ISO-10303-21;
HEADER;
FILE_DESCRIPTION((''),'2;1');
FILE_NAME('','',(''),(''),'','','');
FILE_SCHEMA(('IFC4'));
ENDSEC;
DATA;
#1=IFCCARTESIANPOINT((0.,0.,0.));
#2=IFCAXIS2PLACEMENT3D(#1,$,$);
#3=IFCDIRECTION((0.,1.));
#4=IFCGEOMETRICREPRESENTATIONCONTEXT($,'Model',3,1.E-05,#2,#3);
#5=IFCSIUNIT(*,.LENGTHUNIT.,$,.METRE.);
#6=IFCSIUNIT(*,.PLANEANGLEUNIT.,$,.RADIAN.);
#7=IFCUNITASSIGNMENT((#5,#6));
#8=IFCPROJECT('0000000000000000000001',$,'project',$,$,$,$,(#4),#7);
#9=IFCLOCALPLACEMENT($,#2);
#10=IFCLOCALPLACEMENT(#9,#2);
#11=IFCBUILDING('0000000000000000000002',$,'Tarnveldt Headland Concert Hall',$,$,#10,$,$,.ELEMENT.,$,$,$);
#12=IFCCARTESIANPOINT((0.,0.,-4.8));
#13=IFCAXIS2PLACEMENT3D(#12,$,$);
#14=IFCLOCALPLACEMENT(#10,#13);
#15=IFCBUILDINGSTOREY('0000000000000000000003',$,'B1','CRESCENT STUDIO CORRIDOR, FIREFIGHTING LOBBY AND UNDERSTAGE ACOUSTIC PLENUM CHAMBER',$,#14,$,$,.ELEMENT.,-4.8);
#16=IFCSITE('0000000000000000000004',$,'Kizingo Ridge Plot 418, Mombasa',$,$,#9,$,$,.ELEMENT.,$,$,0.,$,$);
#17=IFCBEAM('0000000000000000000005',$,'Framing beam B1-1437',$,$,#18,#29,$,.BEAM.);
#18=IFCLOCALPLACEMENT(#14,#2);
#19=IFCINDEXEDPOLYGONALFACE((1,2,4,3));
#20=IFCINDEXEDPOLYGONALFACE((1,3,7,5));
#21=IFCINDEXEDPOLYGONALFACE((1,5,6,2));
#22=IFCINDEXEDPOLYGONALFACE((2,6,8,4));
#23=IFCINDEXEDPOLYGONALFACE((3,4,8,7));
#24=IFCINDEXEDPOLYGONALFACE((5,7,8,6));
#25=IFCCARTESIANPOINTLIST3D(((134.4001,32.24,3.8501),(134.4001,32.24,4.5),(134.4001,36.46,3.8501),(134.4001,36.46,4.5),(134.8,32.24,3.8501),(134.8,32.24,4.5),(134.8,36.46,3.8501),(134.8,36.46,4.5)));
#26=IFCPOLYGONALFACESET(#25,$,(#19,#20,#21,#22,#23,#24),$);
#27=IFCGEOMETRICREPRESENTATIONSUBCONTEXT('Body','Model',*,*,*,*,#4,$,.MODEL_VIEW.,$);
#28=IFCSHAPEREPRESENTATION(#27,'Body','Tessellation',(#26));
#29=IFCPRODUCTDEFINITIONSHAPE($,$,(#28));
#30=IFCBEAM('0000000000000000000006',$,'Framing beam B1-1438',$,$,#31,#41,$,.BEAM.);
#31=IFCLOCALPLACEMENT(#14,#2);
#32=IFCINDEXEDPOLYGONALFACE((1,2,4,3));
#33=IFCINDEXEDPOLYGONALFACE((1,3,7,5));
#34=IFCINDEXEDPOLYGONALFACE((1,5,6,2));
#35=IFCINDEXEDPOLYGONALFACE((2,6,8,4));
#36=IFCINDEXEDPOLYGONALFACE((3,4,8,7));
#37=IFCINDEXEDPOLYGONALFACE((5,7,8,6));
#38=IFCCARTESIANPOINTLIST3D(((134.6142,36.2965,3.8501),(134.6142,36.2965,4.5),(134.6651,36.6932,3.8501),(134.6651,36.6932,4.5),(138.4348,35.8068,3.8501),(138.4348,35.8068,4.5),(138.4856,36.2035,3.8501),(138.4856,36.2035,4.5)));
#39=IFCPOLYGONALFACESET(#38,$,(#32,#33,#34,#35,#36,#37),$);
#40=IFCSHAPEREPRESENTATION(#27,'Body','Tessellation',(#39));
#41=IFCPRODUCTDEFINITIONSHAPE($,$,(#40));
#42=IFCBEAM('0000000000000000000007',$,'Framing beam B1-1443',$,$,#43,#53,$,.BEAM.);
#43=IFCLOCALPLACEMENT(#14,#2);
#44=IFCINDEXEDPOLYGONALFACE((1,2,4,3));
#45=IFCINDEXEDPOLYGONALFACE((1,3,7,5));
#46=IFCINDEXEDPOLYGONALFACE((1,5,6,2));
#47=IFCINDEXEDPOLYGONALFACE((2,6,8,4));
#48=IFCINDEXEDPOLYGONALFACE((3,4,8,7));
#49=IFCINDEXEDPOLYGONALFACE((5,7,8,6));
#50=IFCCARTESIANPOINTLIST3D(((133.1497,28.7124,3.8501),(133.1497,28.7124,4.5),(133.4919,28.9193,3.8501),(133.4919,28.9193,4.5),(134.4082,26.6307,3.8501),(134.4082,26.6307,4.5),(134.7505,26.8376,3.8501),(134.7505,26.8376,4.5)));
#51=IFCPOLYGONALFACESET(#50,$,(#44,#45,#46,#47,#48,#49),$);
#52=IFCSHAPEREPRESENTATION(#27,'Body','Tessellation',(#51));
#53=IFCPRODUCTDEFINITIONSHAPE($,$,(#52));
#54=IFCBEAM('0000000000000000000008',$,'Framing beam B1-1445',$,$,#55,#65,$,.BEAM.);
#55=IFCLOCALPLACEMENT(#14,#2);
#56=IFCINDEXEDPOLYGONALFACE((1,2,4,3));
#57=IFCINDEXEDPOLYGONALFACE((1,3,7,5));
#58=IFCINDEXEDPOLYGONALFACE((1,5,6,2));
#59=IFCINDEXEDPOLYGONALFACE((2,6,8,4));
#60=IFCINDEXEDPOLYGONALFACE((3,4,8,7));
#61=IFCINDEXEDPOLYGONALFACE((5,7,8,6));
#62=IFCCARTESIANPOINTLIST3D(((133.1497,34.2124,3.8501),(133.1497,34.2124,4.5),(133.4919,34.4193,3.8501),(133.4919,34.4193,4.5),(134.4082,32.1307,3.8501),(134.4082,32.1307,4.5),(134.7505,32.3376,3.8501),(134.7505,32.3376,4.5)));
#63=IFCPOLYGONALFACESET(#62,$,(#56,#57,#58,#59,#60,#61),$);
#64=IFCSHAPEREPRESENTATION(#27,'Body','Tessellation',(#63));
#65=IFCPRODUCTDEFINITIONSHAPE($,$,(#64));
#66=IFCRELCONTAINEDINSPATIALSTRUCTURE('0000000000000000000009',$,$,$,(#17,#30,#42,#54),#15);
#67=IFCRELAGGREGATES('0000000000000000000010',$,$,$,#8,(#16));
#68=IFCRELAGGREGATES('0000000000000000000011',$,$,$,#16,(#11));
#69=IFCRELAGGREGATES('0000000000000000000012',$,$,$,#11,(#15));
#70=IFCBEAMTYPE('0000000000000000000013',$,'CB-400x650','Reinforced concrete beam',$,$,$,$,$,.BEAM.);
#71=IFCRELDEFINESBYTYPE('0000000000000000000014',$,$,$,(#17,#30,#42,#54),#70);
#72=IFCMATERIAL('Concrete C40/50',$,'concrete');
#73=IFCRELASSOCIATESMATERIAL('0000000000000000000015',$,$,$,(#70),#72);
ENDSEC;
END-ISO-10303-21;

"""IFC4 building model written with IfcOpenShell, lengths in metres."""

from ifc_helpers import new_model, si_unit, direction, frame, origin, origin_2d, place, context, subcontext, project, spatial, rectangle, extrude, material, material_profile, profile_set, type_object, element, save


model = new_model("IFC4")

# Units and contexts
model_context = context("Model", 3, precision=1e-05, world=origin(), true_north=direction((0.0, 1.0)))
body_context = subcontext(model_context, "Body", "Model", "MODEL_VIEW")
ifc_project = project(units=[si_unit("LENGTHUNIT", "METRE"), si_unit("PLANEANGLEUNIT", "RADIAN")], contexts=[model_context])

# Site, building, storey
site_placement = place(None, origin())
site = spatial("IfcSite", under=ifc_project, at=site_placement, Name="Kizingo Ridge Plot 418, Mombasa", CompositionType="ELEMENT", RefElevation=0.0)
building_placement = place(site_placement, origin())
building = spatial("IfcBuilding", under=site, at=building_placement, Name="Tarnveldt Headland Concert Hall", CompositionType="ELEMENT")
storey_placement = place(building_placement, frame((0.0, 0.0, -4.8)))
storey = spatial("IfcBuildingStorey", under=building, at=storey_placement, Name="B1", Description="CRESCENT STUDIO CORRIDOR, FIREFIGHTING LOBBY AND UNDERSTAGE ACOUSTIC PLENUM CHAMBER", CompositionType="ELEMENT", Elevation=-4.8)

# Shared definitions
ifc_material = material(Name="Concrete C40/50", Category="concrete")

# Beams
ifc_material_profile_1 = material_profile(ifc_material, rectangle(XDim=0.3999, YDim=0.6499, at=origin_2d()), Name="RC 400x650", Category="concrete")
ifc_profile_set_1 = profile_set([ifc_material_profile_1], Name="Concrete C40/50")
beam_type = type_object("IfcBeamType", Name="CB-400x650", Description="Reinforced concrete beam", PredefinedType="BEAM", material=ifc_profile_set_1)
beam_1_placement = place(storey_placement, frame((134.6001, 32.24, 4.175), z_axis=(0.0, 1.0, 0.0), x_axis=(-1.0, 0.0, 0.0)))
element("IfcBeam", 1, at=beam_1_placement, inside=storey, type_object=beam_type, Name="Framing beam B1-1437", PredefinedType="BEAM", context=body_context, shape_type="SweptSolid", body=[
    extrude(rectangle(XDim=0.3999, YDim=0.6499, at=origin_2d()), origin(), (0.0, 0.0, 1.0), 4.22),
])
beam_2_placement = place(storey_placement, frame((134.6396, 36.4949, 4.175), z_axis=(0.991884, -0.127147, 0.0), x_axis=(0.127147, 0.991884, 0.0)))
element("IfcBeam", 2, at=beam_2_placement, inside=storey, type_object=beam_type, Name="Framing beam B1-1438", PredefinedType="BEAM", context=body_context, shape_type="SweptSolid", body=[
    extrude(rectangle(XDim=0.3999, YDim=0.6499, at=origin_2d()), origin(), (0.0, 0.0, 1.0), 3.8518),
])
for number, where, z_axis, x_axis, name in (
    (3, (134.5793, 26.7341, 4.175), (-0.517356, 0.85577, 0.0), (-0.85577, -0.517356, 0.0), "Framing beam B1-1443"),
    (4, (134.5793, 32.2341, 4.175), (-0.517356, 0.85577, 0.0), (-0.85577, -0.517356, 0.0), "Framing beam B1-1445"),
):
    element("IfcBeam", number, at=place(storey_placement, frame(where, z_axis=z_axis, x_axis=x_axis)), inside=storey, type_object=beam_type, Name=name, PredefinedType="BEAM", context=body_context, shape_type="SweptSolid", body=[
        extrude(rectangle(XDim=0.3999, YDim=0.6499, at=origin_2d()), origin(), (0.0, 0.0, 1.0), 2.4326),
    ])

save(model, "model.ifc")
